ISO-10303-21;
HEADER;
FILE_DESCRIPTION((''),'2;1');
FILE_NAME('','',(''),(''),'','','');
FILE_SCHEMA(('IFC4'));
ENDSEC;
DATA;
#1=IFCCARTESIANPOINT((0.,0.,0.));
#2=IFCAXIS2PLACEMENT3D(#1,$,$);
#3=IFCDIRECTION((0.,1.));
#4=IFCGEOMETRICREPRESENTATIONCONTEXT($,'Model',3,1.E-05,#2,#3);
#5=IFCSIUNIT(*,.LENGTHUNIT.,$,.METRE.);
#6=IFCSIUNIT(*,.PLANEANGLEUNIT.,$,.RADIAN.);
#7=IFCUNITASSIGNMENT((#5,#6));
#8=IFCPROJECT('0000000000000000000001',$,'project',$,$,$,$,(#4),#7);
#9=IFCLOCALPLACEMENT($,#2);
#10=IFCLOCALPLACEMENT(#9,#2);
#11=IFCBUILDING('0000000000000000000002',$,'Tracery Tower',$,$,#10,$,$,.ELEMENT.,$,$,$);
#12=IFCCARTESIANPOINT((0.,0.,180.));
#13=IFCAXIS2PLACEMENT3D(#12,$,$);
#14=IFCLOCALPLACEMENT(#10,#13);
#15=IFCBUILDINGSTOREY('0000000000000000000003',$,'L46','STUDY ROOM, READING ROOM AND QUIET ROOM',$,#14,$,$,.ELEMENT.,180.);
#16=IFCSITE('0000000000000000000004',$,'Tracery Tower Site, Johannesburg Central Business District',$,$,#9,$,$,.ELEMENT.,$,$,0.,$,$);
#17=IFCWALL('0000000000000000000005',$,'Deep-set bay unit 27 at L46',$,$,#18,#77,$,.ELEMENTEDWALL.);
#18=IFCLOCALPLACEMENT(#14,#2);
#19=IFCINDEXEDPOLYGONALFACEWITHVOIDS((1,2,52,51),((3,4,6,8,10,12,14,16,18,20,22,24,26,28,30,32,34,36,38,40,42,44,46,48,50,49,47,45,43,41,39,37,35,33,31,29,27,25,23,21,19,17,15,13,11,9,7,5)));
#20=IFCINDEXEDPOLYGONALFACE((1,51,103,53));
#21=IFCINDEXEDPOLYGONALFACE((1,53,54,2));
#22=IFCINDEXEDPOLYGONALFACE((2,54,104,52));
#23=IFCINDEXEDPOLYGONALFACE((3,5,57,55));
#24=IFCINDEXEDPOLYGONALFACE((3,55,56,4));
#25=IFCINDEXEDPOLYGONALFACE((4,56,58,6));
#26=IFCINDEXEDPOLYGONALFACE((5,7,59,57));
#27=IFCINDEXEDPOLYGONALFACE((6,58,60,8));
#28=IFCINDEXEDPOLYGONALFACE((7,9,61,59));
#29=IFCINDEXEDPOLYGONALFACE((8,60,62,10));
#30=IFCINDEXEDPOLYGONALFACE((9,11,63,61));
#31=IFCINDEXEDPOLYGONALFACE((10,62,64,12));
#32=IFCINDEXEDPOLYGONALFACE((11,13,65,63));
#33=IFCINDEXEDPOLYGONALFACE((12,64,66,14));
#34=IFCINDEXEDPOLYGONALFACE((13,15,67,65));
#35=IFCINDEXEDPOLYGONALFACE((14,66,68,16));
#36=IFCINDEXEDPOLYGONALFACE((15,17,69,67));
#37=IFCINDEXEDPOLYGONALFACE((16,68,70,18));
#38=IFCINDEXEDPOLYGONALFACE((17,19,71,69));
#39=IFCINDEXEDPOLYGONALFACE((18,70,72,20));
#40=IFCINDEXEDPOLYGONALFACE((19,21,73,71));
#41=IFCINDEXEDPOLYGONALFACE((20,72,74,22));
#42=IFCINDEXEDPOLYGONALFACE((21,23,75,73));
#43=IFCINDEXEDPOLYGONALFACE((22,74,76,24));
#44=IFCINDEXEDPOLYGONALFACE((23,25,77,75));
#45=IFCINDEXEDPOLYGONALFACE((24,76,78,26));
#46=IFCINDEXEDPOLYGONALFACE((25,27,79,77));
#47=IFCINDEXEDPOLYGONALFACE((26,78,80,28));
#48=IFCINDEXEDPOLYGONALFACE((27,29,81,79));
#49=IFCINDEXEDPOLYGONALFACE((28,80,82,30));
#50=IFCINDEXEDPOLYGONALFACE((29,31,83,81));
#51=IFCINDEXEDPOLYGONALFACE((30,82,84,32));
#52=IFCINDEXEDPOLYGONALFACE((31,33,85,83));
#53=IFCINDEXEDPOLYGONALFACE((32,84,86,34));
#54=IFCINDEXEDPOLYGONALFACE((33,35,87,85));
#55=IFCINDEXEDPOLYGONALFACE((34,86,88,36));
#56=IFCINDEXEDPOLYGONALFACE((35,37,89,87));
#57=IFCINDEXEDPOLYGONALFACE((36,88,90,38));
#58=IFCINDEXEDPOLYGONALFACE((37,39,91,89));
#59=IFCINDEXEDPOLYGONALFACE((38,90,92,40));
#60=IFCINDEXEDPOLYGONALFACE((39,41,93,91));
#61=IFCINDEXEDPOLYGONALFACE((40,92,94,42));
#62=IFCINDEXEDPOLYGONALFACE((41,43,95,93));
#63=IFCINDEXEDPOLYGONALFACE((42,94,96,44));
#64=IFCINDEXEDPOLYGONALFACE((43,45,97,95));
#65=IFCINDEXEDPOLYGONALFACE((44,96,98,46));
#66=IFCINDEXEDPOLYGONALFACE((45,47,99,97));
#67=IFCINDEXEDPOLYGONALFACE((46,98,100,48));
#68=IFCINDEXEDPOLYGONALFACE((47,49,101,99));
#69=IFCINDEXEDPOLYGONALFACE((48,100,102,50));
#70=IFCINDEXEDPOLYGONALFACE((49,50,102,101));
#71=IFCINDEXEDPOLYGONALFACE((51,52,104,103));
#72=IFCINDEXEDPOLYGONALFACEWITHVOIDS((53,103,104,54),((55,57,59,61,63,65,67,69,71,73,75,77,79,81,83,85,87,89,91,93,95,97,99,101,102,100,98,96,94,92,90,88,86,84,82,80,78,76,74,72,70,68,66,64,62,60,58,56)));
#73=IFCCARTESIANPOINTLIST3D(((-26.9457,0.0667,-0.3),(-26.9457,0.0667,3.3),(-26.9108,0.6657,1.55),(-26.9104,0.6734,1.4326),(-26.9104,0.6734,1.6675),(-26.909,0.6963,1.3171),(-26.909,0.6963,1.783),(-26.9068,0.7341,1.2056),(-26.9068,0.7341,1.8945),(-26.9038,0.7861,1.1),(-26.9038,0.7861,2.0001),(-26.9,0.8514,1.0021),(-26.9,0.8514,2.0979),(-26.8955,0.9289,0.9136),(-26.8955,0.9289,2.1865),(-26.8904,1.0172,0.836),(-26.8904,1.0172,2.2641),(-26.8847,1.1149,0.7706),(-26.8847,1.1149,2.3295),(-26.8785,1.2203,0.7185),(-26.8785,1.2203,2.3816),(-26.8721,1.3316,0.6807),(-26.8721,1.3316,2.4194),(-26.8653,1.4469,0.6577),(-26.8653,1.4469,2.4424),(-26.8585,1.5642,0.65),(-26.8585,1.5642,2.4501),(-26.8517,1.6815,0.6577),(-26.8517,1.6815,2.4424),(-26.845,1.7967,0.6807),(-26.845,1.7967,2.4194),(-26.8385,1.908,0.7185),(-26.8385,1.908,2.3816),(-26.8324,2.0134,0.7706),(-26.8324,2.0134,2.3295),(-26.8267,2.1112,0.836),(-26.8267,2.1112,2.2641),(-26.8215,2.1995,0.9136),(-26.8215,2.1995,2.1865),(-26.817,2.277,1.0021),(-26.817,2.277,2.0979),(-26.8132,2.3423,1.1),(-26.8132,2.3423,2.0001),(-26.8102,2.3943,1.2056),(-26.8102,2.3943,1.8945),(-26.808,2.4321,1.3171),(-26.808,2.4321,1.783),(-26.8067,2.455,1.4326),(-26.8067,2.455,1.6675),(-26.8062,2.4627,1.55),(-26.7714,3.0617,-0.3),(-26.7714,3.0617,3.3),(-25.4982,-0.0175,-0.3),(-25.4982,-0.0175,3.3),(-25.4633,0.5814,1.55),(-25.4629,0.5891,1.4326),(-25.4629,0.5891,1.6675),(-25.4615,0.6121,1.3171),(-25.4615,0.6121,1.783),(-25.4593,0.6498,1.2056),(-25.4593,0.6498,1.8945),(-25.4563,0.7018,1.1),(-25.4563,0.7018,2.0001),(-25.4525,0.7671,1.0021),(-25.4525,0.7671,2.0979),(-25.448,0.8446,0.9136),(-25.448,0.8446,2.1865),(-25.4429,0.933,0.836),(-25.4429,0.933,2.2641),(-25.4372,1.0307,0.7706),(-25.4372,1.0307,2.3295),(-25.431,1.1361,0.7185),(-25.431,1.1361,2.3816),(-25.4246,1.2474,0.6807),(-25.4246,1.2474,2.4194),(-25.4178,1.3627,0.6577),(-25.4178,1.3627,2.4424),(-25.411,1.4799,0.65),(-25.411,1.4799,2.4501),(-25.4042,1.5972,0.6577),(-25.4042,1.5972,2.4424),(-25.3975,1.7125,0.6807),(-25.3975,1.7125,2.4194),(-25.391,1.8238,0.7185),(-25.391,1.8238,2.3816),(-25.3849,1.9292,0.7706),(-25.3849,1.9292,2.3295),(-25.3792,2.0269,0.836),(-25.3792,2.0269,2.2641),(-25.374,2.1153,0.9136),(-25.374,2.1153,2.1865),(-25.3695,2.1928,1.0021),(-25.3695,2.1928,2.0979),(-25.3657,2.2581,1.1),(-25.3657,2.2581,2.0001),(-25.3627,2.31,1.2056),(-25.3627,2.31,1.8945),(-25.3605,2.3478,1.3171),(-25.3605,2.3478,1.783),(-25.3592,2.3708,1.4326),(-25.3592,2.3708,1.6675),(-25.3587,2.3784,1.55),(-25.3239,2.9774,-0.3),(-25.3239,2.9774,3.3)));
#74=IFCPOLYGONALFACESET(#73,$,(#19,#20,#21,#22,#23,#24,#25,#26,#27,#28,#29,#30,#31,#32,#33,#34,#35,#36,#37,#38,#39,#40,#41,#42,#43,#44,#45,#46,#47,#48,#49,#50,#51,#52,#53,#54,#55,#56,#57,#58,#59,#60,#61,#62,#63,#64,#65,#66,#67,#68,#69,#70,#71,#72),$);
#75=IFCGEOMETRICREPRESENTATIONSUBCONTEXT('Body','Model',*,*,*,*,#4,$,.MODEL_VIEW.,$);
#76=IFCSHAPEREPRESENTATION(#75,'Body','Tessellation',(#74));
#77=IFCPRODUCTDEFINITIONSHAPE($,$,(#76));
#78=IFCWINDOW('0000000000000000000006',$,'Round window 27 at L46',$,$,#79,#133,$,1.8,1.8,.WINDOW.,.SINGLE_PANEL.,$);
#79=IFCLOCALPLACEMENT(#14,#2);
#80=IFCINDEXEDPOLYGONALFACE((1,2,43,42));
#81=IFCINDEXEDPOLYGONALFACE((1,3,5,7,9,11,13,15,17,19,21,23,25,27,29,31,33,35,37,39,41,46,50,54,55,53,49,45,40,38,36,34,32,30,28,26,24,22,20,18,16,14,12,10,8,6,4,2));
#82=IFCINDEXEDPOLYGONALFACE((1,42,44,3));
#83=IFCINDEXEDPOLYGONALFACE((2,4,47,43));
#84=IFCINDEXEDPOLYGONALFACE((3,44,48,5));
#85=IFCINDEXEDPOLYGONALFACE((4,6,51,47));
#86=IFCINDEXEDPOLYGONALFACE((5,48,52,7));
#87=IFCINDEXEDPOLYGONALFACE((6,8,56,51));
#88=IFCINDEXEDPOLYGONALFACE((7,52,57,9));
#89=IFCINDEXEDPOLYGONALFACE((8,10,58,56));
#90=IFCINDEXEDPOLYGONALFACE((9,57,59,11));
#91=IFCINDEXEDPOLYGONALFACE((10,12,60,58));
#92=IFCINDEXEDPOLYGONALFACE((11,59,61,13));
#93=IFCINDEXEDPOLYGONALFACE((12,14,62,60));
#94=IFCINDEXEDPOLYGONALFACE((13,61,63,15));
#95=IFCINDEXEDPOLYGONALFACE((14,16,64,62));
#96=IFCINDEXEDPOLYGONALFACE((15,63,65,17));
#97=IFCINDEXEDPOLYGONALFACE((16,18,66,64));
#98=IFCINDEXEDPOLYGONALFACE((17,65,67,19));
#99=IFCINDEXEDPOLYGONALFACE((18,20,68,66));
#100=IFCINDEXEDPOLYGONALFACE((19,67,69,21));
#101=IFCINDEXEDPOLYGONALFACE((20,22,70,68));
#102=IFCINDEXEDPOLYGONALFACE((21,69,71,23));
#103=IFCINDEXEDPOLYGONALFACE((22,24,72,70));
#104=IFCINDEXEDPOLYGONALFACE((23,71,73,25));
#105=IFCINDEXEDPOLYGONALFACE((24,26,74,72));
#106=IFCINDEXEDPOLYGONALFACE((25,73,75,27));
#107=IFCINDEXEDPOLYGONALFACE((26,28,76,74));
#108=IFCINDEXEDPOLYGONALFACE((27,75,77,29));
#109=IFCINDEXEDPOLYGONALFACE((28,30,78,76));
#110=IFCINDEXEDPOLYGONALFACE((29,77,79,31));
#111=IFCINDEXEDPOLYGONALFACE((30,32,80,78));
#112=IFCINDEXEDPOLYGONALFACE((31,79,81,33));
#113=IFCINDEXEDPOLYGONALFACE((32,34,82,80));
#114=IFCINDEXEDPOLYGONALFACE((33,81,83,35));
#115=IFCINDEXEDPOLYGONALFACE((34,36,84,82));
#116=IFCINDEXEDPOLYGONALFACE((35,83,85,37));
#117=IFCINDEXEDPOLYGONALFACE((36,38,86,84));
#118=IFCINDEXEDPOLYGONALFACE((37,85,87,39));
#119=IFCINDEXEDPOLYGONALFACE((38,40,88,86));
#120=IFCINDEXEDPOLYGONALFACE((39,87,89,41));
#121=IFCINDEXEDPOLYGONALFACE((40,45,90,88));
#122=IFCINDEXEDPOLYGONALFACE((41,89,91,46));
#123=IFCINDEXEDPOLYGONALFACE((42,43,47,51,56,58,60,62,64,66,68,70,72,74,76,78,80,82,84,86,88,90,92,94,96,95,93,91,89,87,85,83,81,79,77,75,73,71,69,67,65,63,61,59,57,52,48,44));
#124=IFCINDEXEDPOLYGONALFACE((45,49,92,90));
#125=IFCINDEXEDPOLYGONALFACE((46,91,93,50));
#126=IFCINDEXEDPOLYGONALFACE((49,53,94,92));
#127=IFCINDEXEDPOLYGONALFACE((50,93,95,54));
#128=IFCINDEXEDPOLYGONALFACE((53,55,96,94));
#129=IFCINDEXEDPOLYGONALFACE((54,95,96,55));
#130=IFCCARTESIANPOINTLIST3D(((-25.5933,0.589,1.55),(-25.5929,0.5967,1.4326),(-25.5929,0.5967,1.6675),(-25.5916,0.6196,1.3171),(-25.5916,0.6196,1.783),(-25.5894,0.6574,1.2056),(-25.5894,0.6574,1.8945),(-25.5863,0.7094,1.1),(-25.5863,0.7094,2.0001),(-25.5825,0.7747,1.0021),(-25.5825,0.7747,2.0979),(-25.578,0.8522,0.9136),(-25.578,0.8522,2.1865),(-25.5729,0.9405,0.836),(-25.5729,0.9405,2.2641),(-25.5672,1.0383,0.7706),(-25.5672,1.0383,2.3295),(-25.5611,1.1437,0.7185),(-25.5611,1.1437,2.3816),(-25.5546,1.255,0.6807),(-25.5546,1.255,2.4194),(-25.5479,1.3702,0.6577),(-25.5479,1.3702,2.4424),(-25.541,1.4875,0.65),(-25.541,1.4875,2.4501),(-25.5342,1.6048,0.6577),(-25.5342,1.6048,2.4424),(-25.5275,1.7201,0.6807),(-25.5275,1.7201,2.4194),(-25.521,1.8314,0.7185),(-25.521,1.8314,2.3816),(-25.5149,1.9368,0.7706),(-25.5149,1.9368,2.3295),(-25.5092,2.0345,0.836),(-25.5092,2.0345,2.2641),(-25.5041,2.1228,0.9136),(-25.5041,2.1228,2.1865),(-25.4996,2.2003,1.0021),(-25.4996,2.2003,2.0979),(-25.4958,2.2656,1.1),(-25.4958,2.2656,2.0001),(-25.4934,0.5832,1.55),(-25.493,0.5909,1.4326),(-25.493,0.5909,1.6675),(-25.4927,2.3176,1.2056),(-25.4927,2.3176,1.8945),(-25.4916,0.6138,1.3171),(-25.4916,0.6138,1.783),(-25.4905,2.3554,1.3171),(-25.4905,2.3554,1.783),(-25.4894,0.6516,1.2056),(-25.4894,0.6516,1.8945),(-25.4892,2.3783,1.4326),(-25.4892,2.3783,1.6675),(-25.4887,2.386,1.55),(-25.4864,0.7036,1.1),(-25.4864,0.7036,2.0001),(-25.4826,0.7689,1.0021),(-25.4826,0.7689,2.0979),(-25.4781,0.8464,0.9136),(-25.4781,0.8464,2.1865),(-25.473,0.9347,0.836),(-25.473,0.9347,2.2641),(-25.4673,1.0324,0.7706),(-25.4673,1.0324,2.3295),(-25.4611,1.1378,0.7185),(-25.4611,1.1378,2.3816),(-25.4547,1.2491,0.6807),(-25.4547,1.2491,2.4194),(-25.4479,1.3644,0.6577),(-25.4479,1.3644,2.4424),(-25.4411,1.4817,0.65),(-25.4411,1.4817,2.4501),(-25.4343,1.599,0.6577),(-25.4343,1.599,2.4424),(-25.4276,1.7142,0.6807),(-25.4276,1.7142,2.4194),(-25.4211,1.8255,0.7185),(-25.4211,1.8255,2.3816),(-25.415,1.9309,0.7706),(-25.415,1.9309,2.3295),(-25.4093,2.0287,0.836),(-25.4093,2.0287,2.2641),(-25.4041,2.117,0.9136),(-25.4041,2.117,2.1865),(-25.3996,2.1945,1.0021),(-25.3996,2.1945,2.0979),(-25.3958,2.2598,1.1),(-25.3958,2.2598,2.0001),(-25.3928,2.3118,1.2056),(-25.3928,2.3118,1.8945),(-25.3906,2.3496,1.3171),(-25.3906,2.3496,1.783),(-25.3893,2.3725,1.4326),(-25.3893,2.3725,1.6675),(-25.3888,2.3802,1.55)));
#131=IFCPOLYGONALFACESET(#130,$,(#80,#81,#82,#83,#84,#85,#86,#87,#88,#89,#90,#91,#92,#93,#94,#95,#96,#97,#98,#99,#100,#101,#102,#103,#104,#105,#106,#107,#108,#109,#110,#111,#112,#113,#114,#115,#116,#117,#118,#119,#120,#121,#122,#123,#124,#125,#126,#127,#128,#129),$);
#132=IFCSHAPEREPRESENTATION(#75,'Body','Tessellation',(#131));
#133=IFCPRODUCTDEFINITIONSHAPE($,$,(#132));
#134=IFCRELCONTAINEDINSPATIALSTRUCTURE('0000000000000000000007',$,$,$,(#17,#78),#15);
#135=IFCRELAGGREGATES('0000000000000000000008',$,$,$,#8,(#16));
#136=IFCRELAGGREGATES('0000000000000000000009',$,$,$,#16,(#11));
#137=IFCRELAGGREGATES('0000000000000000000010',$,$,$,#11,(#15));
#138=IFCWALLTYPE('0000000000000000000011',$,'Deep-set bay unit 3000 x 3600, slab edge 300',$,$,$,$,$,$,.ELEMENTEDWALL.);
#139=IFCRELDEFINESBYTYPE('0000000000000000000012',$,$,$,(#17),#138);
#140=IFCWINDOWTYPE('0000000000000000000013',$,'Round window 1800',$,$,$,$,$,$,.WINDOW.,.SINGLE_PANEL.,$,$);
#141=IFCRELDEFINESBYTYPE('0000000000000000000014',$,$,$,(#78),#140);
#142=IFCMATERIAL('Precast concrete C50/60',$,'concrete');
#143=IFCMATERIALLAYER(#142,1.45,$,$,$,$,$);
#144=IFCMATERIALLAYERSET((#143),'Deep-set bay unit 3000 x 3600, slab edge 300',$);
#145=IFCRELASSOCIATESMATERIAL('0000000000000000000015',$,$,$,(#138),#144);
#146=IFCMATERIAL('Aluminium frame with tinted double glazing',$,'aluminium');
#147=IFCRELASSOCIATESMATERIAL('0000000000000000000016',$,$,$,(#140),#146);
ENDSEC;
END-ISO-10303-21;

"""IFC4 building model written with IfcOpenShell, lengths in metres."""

from ifc_helpers import new_model, si_unit, direction, frame, frame_2d, origin, origin_2d, place, context, subcontext, project, spatial, rectangle, circle, extrude, material, layer, layer_set, type_object, element, fill, save


model = new_model("IFC4")

# Units and contexts
model_context = context("Model", 3, precision=1e-05, world=origin(), true_north=direction((0.0, 1.0)))
body_context = subcontext(model_context, "Body", "Model", "MODEL_VIEW")
ifc_project = project(units=[si_unit("LENGTHUNIT", "METRE"), si_unit("PLANEANGLEUNIT", "RADIAN")], contexts=[model_context])

# Site, building, storey
site_placement = place(None, origin())
site = spatial("IfcSite", under=ifc_project, at=site_placement, Name="Tracery Tower Site, Johannesburg Central Business District", CompositionType="ELEMENT", RefElevation=0.0)
building_placement = place(site_placement, origin())
building = spatial("IfcBuilding", under=site, at=building_placement, Name="Tracery Tower", CompositionType="ELEMENT")
storey_placement = place(building_placement, frame((0.0, 0.0, 180.0)))
storey = spatial("IfcBuildingStorey", under=building, at=storey_placement, Name="L46", Description="STUDY ROOM, READING ROOM AND QUIET ROOM", CompositionType="ELEMENT", Elevation=180.0)

# Wall, opening, window
ifc_material_1 = material(Name="Precast concrete C50/60", Category="concrete")
ifc_layer_1 = layer(ifc_material_1, 1.45)
ifc_layer_set_1 = layer_set([ifc_layer_1], Name="Deep-set bay unit 3000 x 3600, slab edge 300")
wall_type_1 = type_object("IfcWallType", Name="Deep-set bay unit 3000 x 3600, slab edge 300", PredefinedType="ELEMENTEDWALL", material=ifc_layer_set_1)
wall_1_placement = place(storey_placement, frame((-26.0476, 3.0195, -0.3), z_axis=(0.0, 0.0, 1.0), x_axis=(-0.058107, -0.99831, 0.0)))
wall_1 = element("IfcWall", 1, at=wall_1_placement, inside=storey, type_object=wall_type_1, Name="Deep-set bay unit 27 at L46", PredefinedType="ELEMENTEDWALL", context=body_context, shape_type="SweptSolid", body=[
    extrude(rectangle(XDim=3.0, YDim=1.45, at=frame_2d((1.5, 0.0))), origin(), (0.0, 0.0, 1.0), 3.6001),
])
opening_1_placement = place(wall_1_placement, frame((1.5, 0.0, 1.8501)))
opening_1 = element("IfcOpeningElement", 2, at=opening_1_placement, cuts=wall_1, PredefinedType="OPENING", context=body_context, shape_type="SweptSolid", body=[
    extrude(circle(Radius=0.9, at=origin_2d()), frame((0.0, 0.7349, 0.0), z_axis=(0.0, -1.0, 0.0), x_axis=(1.0, 0.0, 0.0)), (0.0, 0.0, 1.0), 1.47),
])
ifc_material_2 = material(Name="Aluminium frame with tinted double glazing", Category="aluminium")
window_type = type_object("IfcWindowType", Name="Round window 1800", PartitioningType="SINGLE_PANEL", PredefinedType="WINDOW", material=ifc_material_2)
window_1_placement = place(opening_1_placement, origin())
window_1 = element("IfcWindow", 3, at=window_1_placement, inside=storey, type_object=window_type, Name="Round window 27 at L46", OverallHeight=1.8, OverallWidth=1.8, PartitioningType="SINGLE_PANEL", PredefinedType="WINDOW", context=body_context, shape_type="SweptSolid", body=[
    extrude(circle(Radius=0.9, at=origin_2d()), frame((0.0, 0.6948, 0.0), z_axis=(0.0, -1.0, 0.0), x_axis=(1.0, 0.0, 0.0)), (0.0, 0.0, 1.0), 0.1001),
])
fill(opening_1, window_1)

save(model, "model.ifc")
